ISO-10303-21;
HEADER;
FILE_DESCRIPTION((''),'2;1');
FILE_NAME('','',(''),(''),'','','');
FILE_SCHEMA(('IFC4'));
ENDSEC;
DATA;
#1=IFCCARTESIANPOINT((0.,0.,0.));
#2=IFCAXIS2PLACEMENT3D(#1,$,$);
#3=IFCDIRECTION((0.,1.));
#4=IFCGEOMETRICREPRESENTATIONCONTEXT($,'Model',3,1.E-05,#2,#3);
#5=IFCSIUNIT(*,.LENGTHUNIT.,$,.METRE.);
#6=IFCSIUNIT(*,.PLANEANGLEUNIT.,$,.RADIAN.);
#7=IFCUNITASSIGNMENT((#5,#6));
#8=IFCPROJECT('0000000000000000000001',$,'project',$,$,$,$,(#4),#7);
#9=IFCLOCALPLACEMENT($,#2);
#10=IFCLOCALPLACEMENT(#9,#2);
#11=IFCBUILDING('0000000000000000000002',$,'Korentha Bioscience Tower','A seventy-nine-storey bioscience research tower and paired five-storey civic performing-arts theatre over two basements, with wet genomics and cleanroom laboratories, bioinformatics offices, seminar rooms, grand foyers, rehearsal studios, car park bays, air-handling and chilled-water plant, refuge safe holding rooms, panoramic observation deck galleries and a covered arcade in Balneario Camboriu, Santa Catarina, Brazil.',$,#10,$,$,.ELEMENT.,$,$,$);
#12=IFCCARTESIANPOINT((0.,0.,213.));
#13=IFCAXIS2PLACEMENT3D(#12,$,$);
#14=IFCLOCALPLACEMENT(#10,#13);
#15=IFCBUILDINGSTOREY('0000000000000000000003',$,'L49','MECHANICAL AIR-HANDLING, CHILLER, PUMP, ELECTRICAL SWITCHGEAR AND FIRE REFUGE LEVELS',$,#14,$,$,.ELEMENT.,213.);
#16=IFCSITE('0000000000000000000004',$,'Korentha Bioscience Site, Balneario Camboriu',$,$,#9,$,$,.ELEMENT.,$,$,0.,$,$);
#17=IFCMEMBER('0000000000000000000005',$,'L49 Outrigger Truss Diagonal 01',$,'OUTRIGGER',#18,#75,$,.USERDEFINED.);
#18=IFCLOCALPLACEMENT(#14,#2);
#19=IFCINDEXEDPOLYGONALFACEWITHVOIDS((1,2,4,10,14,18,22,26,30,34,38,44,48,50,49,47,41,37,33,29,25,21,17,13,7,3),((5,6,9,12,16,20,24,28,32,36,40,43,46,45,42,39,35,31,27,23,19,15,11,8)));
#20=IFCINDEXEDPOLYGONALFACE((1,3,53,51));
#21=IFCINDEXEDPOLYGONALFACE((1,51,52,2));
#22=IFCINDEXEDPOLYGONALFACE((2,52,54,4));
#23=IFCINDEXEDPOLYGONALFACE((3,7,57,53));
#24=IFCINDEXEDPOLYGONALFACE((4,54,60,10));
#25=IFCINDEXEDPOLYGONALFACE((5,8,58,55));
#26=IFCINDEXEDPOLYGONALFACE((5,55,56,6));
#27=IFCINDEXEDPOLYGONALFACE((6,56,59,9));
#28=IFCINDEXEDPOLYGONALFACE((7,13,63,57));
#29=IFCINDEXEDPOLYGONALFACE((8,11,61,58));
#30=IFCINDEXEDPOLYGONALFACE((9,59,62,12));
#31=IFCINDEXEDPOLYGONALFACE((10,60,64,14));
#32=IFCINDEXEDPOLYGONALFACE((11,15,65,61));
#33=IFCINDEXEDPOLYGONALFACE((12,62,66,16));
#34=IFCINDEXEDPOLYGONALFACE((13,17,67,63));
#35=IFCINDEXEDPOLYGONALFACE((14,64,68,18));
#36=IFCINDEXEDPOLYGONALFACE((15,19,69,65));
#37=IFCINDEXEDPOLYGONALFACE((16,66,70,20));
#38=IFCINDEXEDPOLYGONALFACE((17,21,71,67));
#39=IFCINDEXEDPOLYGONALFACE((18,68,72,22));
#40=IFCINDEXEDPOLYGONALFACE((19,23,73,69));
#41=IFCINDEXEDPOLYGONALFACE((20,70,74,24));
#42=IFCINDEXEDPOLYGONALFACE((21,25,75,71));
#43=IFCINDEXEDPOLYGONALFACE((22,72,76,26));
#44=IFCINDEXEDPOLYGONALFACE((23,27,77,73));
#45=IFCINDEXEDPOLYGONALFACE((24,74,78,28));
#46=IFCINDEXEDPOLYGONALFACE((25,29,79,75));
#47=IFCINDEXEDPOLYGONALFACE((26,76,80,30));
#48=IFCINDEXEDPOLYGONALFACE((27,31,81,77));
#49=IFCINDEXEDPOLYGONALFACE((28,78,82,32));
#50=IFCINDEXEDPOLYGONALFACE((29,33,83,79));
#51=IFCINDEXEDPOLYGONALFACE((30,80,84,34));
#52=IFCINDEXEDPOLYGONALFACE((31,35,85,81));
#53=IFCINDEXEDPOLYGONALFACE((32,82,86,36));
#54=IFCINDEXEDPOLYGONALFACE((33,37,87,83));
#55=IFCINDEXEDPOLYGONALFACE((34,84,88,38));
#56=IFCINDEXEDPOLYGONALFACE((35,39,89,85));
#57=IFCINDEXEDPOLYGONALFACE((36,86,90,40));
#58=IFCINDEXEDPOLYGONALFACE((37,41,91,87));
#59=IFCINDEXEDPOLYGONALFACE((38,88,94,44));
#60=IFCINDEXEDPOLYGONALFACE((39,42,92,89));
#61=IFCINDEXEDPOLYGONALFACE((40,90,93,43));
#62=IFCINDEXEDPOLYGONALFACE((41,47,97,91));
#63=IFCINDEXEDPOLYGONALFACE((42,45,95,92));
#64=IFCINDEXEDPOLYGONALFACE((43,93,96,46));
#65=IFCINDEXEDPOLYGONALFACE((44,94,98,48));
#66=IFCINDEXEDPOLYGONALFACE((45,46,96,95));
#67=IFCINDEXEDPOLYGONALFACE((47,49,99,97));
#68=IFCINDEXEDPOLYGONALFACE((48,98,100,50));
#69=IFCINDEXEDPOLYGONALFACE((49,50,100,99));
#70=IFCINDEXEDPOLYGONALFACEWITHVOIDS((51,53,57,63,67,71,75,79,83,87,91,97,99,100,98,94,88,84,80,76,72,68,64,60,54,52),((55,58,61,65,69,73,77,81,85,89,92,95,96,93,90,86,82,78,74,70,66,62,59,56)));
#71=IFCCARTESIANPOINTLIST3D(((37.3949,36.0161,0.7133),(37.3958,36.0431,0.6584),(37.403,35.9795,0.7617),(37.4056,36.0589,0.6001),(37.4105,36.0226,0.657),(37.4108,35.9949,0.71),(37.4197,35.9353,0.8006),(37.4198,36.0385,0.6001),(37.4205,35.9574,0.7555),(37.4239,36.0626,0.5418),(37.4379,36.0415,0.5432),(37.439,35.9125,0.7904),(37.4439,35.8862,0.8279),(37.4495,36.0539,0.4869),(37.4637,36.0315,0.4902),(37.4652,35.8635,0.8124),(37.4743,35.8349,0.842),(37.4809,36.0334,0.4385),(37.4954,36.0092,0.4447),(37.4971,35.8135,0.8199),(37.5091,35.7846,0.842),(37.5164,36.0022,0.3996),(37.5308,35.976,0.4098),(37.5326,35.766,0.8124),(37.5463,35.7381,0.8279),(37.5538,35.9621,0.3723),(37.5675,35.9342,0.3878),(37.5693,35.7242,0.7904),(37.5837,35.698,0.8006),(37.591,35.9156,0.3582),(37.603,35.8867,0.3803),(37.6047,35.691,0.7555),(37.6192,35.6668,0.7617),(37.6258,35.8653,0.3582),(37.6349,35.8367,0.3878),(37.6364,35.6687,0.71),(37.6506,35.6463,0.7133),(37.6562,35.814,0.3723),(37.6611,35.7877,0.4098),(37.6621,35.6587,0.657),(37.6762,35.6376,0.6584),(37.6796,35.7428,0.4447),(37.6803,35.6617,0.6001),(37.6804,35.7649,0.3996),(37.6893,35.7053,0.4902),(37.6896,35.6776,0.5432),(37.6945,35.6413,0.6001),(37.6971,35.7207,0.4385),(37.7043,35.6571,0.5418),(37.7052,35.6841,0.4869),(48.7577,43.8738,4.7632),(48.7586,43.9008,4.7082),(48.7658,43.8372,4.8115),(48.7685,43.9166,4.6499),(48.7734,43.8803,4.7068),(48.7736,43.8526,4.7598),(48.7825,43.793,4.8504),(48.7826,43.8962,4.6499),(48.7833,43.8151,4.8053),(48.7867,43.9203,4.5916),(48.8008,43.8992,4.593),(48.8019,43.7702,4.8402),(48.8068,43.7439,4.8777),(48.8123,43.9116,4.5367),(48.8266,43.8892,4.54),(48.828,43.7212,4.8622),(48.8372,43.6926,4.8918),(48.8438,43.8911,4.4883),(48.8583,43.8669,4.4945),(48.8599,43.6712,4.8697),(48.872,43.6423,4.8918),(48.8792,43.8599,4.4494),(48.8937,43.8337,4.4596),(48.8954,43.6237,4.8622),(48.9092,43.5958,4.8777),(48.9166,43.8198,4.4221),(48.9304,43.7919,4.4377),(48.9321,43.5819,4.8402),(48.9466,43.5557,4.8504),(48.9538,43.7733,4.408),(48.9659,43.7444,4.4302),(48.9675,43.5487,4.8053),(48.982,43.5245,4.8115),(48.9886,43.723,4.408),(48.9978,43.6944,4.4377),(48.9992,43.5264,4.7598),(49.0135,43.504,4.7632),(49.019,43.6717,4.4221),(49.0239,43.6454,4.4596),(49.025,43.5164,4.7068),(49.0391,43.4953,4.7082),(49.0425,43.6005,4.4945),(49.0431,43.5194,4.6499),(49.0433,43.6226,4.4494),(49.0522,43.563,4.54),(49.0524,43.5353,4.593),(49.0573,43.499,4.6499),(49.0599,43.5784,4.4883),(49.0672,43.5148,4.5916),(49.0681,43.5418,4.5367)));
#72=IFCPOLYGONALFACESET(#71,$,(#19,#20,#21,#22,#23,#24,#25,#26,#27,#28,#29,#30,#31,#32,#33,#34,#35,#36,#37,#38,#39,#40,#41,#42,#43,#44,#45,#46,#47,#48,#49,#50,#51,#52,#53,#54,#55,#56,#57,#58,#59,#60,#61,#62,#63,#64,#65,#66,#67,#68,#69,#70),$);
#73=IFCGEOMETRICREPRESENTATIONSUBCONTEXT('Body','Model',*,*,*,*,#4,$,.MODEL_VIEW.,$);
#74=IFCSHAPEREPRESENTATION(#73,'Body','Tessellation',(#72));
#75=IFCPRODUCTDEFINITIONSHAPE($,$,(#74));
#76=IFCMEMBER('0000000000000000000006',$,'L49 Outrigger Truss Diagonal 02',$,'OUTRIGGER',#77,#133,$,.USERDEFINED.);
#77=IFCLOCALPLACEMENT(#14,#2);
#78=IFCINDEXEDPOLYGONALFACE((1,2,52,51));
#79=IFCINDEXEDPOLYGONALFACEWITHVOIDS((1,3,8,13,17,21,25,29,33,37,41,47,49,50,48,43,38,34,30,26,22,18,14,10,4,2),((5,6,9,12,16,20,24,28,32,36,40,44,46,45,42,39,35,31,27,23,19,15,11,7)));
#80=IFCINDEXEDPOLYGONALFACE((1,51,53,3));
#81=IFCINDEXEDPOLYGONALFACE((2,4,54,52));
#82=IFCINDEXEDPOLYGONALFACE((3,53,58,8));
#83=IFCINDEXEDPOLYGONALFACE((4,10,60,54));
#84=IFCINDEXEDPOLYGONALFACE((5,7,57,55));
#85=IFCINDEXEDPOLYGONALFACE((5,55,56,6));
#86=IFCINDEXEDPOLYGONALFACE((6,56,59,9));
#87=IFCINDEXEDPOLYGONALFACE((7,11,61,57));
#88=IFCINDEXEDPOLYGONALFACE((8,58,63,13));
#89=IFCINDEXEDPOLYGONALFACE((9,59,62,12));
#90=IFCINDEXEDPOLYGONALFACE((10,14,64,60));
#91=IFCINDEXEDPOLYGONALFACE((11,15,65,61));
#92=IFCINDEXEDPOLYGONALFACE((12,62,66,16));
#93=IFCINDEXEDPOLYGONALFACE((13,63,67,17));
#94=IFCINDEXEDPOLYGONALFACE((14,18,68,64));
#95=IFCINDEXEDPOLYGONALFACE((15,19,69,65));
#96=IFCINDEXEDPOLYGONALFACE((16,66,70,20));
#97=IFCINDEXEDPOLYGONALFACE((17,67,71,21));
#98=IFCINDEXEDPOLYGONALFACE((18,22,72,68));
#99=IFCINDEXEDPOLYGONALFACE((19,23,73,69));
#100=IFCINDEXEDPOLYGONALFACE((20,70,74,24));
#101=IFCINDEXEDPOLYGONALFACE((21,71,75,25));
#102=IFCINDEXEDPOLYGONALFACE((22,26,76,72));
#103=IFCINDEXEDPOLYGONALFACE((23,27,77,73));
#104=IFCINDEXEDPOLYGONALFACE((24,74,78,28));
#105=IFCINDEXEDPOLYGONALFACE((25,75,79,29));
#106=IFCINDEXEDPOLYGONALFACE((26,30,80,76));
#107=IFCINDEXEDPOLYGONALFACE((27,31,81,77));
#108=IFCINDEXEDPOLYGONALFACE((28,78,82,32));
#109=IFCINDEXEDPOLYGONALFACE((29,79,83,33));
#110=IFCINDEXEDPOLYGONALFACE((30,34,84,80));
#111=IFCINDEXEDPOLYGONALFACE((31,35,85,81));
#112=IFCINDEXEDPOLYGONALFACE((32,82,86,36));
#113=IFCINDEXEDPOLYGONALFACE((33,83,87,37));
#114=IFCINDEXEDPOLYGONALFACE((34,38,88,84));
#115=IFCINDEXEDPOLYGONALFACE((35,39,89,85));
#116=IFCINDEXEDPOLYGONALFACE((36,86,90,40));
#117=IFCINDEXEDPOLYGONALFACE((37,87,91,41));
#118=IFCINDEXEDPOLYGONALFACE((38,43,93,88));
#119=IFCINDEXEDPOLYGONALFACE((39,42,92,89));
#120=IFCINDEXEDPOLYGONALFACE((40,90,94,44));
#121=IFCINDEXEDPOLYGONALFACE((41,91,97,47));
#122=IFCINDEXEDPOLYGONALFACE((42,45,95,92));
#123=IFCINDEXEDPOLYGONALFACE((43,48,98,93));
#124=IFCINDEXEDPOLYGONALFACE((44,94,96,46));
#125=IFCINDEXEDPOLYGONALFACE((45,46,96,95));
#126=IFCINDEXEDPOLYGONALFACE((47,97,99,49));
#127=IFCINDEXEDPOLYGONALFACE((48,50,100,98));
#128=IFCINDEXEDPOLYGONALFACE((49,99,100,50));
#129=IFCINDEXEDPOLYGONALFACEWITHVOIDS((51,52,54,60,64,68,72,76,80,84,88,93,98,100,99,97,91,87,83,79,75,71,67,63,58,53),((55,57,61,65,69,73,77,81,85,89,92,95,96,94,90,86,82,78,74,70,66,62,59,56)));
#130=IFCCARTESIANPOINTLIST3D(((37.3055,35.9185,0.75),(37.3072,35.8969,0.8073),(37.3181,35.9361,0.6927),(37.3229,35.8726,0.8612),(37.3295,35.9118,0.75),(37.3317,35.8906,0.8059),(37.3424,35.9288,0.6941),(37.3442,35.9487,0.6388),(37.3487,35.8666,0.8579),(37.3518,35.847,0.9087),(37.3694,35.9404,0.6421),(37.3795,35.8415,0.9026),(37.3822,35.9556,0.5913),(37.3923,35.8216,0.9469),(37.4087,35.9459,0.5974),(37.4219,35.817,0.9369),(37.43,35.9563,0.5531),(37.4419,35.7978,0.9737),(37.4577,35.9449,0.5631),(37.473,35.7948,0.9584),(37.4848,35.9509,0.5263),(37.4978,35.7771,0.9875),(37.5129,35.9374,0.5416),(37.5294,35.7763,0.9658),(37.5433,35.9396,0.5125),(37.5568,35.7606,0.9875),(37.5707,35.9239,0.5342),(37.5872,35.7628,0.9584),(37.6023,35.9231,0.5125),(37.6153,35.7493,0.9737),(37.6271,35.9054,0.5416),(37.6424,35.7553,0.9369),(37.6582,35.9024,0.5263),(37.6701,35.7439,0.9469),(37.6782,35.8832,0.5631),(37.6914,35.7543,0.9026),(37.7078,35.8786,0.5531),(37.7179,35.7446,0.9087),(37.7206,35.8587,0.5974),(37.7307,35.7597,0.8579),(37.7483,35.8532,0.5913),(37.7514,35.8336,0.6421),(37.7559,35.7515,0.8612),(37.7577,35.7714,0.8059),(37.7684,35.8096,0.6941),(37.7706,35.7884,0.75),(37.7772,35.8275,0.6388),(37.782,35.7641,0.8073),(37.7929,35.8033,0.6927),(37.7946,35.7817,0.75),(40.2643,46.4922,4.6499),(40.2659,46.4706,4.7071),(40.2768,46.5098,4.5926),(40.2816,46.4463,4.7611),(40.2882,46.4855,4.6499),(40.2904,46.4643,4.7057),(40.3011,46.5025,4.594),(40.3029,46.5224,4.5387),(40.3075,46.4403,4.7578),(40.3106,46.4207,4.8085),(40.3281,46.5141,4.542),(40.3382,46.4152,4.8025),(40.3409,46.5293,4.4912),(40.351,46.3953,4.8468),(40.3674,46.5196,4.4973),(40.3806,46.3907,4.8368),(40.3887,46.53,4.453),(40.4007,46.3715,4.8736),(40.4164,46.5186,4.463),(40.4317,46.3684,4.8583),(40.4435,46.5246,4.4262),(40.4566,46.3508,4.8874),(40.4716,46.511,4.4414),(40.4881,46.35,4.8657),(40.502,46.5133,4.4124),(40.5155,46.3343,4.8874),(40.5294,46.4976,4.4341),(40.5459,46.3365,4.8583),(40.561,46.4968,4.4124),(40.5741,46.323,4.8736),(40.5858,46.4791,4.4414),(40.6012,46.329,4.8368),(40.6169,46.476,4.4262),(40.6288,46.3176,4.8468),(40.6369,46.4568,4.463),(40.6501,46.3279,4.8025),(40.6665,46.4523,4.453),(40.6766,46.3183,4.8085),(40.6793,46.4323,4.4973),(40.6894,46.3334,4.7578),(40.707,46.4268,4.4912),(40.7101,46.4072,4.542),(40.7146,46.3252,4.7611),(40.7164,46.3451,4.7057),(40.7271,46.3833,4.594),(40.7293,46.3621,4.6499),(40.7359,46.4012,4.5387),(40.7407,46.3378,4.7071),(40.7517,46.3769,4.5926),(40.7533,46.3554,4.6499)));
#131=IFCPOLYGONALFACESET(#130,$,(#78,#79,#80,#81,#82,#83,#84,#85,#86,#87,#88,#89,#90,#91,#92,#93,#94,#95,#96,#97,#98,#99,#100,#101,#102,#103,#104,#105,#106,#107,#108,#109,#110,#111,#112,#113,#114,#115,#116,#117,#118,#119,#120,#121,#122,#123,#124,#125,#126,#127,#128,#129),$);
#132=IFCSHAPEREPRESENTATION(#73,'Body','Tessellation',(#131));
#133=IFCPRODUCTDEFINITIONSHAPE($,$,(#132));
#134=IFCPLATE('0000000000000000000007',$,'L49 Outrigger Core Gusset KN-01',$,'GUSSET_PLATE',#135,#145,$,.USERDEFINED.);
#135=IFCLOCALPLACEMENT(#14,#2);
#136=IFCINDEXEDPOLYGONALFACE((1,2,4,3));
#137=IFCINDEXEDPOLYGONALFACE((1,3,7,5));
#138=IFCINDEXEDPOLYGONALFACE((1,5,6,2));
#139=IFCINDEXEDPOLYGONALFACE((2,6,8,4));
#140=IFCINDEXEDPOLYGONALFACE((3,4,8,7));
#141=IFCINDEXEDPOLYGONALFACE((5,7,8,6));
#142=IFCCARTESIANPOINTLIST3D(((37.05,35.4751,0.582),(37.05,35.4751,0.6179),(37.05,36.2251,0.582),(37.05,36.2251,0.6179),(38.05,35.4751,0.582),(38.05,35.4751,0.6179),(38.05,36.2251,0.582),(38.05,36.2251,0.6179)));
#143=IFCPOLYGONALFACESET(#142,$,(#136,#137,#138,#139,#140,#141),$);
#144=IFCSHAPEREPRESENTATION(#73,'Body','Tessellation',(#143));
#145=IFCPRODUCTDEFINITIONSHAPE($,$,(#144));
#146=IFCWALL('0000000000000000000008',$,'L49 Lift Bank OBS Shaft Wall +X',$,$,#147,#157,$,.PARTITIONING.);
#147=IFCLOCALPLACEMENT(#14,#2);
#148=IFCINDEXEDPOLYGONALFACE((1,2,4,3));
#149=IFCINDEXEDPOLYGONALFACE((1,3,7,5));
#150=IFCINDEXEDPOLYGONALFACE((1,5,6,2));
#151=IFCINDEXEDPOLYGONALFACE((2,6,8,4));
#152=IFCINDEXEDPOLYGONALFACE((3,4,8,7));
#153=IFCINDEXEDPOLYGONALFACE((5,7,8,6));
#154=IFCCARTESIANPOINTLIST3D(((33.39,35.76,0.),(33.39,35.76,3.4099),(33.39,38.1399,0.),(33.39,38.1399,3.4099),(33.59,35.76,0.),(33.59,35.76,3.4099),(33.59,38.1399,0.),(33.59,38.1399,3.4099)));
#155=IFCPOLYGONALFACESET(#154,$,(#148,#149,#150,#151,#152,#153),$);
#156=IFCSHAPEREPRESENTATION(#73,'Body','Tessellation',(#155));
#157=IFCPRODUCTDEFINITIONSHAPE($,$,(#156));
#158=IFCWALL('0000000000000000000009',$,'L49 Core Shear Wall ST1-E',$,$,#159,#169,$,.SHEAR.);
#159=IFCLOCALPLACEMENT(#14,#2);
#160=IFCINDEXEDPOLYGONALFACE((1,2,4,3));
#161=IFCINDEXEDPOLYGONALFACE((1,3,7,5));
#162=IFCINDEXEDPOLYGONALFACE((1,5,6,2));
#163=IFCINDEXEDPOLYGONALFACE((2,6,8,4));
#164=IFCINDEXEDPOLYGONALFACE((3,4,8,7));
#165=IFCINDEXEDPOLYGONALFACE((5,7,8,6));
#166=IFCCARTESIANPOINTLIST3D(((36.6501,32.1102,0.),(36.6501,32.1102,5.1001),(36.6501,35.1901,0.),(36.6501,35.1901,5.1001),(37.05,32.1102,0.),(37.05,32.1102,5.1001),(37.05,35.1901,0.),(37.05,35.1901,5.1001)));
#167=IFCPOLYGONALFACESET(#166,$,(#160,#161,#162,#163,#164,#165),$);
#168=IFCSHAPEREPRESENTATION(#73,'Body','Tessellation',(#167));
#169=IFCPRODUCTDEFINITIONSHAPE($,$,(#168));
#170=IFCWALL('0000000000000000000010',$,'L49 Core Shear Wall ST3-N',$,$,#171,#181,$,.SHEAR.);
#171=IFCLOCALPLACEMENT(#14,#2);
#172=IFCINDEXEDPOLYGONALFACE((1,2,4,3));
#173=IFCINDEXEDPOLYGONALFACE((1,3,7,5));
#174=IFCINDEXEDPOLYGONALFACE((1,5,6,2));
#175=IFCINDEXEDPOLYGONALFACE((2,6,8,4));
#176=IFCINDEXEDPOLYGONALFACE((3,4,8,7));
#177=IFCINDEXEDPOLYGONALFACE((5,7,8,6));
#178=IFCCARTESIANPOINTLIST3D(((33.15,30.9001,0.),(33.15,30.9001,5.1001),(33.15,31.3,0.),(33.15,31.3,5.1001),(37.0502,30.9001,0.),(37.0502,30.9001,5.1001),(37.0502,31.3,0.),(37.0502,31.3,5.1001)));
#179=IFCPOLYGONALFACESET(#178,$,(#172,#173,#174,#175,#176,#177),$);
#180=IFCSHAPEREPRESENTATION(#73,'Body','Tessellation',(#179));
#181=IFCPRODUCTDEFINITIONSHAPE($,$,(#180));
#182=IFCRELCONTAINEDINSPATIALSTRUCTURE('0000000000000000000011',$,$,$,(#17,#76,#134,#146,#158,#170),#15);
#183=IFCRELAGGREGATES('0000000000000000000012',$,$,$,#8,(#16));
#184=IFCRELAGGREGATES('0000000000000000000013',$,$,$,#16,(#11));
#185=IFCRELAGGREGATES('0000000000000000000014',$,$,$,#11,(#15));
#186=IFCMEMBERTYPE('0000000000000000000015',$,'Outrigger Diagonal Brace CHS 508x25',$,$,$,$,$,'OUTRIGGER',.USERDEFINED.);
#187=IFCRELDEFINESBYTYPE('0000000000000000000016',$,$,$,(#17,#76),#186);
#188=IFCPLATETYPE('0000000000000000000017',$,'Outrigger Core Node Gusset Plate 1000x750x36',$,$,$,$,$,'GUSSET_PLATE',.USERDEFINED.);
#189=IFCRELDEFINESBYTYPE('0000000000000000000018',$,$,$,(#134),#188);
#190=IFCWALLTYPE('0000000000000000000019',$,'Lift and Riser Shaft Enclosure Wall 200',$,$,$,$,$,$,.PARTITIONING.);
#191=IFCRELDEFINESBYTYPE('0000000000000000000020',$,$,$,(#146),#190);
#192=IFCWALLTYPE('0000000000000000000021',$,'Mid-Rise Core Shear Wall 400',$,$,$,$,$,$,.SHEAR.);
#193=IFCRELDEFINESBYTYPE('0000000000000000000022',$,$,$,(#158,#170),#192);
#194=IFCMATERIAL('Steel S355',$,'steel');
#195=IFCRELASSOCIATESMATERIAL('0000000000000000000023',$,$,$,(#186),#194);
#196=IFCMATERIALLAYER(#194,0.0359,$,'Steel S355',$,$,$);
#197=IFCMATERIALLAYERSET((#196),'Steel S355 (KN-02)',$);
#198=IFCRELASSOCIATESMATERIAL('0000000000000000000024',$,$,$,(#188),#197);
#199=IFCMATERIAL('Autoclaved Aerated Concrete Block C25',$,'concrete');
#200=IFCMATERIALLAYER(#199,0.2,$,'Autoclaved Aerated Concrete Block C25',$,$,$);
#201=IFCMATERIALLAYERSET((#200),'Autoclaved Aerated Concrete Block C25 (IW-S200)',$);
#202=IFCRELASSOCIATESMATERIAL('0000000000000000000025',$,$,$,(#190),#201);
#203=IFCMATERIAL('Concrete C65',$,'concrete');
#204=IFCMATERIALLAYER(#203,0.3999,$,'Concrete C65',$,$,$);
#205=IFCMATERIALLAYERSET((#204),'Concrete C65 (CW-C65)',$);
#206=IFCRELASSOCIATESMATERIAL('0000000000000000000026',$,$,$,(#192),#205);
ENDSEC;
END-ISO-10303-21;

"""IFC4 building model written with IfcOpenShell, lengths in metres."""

from ifc_helpers import new_model, si_unit, direction, frame, frame_2d, origin, origin_2d, place, context, subcontext, project, spatial, rectangle, hollow_circle, extrude, material, layer, layer_set, material_profile, profile_set, type_object, element, save


model = new_model("IFC4")

# Units and contexts
model_context = context("Model", 3, precision=1e-05, world=origin(), true_north=direction((0.0, 1.0)))
body_context = subcontext(model_context, "Body", "Model", "MODEL_VIEW")
ifc_project = project(units=[si_unit("LENGTHUNIT", "METRE"), si_unit("PLANEANGLEUNIT", "RADIAN")], contexts=[model_context])

# Site, building, storey
site_placement = place(None, origin())
site = spatial("IfcSite", under=ifc_project, at=site_placement, Name="Korentha Bioscience Site, Balneario Camboriu", CompositionType="ELEMENT", RefElevation=0.0)
building_placement = place(site_placement, origin())
building = spatial("IfcBuilding", under=site, at=building_placement, Name="Korentha Bioscience Tower", Description="A seventy-nine-storey bioscience research tower and paired five-storey civic performing-arts theatre over two basements, with wet genomics and cleanroom laboratories, bioinformatics offices, seminar rooms, grand foyers, rehearsal studios, car park bays, air-handling and chilled-water plant, refuge safe holding rooms, panoramic observation deck galleries and a covered arcade in Balneario Camboriu, Santa Catarina, Brazil.", CompositionType="ELEMENT")
storey_placement = place(building_placement, frame((0.0, 0.0, 213.0)))
storey = spatial("IfcBuildingStorey", under=building, at=storey_placement, Name="L49", Description="MECHANICAL AIR-HANDLING, CHILLER, PUMP, ELECTRICAL SWITCHGEAR AND FIRE REFUGE LEVELS", CompositionType="ELEMENT", Elevation=213.0)

# Shared definitions
ifc_material_1 = material(Name="Concrete C65", Category="concrete")

# Shared definitions
ifc_material_2 = material(Name="Steel S355", Category="steel")

# Members
ifc_material_profile_1 = material_profile(ifc_material_2, hollow_circle(Radius=0.2539, WallThickness=0.0249, at=origin_2d()), Name="Steel S355")
ifc_profile_set_1 = profile_set([ifc_material_profile_1], Name="Steel S355 (OU-508)")
member_type = type_object("IfcMemberType", Name="Outrigger Diagonal Brace CHS 508x25", ElementType="OUTRIGGER", PredefinedType="USERDEFINED", material=ifc_profile_set_1)
member_1_placement = place(storey_placement, frame((37.55, 35.8501, 0.6001), z_axis=(0.789279, 0.545807, 0.281306), x_axis=(-0.568775, 0.822493, 0.0)))
element("IfcMember", 1, at=member_1_placement, inside=storey, type_object=member_type, Name="L49 Outrigger Truss Diagonal 01", ObjectType="OUTRIGGER", PredefinedType="USERDEFINED", context=body_context, shape_type="SweptSolid", body=[
    extrude(hollow_circle(Radius=0.2539, WallThickness=0.0249, at=origin_2d()), origin(), (0.0, 0.0, 1.0), 14.3965),
])
member_2_placement = place(storey_placement, frame((37.55, 35.8501, 0.75), z_axis=(0.253927, 0.907467, 0.334701), x_axis=(-0.963009, 0.269469, 0.0)))
element("IfcMember", 2, at=member_2_placement, inside=storey, type_object=member_type, Name="L49 Outrigger Truss Diagonal 02", ObjectType="OUTRIGGER", PredefinedType="USERDEFINED", context=body_context, shape_type="SweptSolid", body=[
    extrude(hollow_circle(Radius=0.2539, WallThickness=0.0249, at=origin_2d()), origin(), (0.0, 0.0, 1.0), 11.6519),
])

# Plate
ifc_layer_1 = layer(ifc_material_2, 0.0359, Name="Steel S355")
ifc_layer_set_1 = layer_set([ifc_layer_1], Name="Steel S355 (KN-02)")
plate_type = type_object("IfcPlateType", Name="Outrigger Core Node Gusset Plate 1000x750x36", ElementType="GUSSET_PLATE", PredefinedType="USERDEFINED", material=ifc_layer_set_1)
plate_placement = place(storey_placement, frame((37.55, 35.8501, 0.582), z_axis=(0.0, 0.0, 1.0), x_axis=(1.0, 0.0, 0.0)))
element("IfcPlate", 3, at=plate_placement, inside=storey, type_object=plate_type, Name="L49 Outrigger Core Gusset KN-01", ObjectType="GUSSET_PLATE", PredefinedType="USERDEFINED", context=body_context, shape_type="SweptSolid", body=[
    extrude(rectangle(XDim=1.0, YDim=0.75, at=origin_2d()), origin(), (0.0, 0.0, 1.0), 0.0359),
])

# Walls
ifc_material_3 = material(Name="Autoclaved Aerated Concrete Block C25", Category="concrete")
ifc_layer_2 = layer(ifc_material_3, 0.2, Name="Autoclaved Aerated Concrete Block C25")
ifc_layer_set_2 = layer_set([ifc_layer_2], Name="Autoclaved Aerated Concrete Block C25 (IW-S200)")
wall_type_1 = type_object("IfcWallType", Name="Lift and Riser Shaft Enclosure Wall 200", PredefinedType="PARTITIONING", material=ifc_layer_set_2)
wall_1_placement = place(storey_placement, frame((33.49, 35.76, 0.0), z_axis=(0.0, 0.0, 1.0), x_axis=(0.0, 1.0, 0.0)))
element("IfcWall", 4, at=wall_1_placement, inside=storey, type_object=wall_type_1, Name="L49 Lift Bank OBS Shaft Wall +X", PredefinedType="PARTITIONING", context=body_context, shape_type="SweptSolid", body=[
    extrude(rectangle(XDim=2.3799, YDim=0.2, at=frame_2d((1.1899, 0.0))), origin(), (0.0, 0.0, 1.0), 3.4099),
])
ifc_layer_3 = layer(ifc_material_1, 0.3999, Name="Concrete C65")
ifc_layer_set_3 = layer_set([ifc_layer_3], Name="Concrete C65 (CW-C65)")
wall_type_2 = type_object("IfcWallType", Name="Mid-Rise Core Shear Wall 400", PredefinedType="SHEAR", material=ifc_layer_set_3)
wall_2_placement = place(storey_placement, frame((36.8501, 32.1101, 0.0), z_axis=(0.0, 0.0, 1.0), x_axis=(0.0, 1.0, 0.0)))
element("IfcWall", 5, at=wall_2_placement, inside=storey, type_object=wall_type_2, Name="L49 Core Shear Wall ST1-E", PredefinedType="SHEAR", context=body_context, shape_type="SweptSolid", body=[
    extrude(rectangle(XDim=3.0798, YDim=0.3999, at=frame_2d((1.54, 0.0))), origin(), (0.0, 0.0, 1.0), 5.1001),
])
wall_3_placement = place(storey_placement, frame((33.1499, 31.1001, 0.0), z_axis=(0.0, 0.0, 1.0), x_axis=(1.0, 0.0, 0.0)))
element("IfcWall", 6, at=wall_3_placement, inside=storey, type_object=wall_type_2, Name="L49 Core Shear Wall ST3-N", PredefinedType="SHEAR", context=body_context, shape_type="SweptSolid", body=[
    extrude(rectangle(XDim=3.9001, YDim=0.3999, at=frame_2d((1.9502, 0.0))), origin(), (0.0, 0.0, 1.0), 5.1001),
])

save(model, "model.ifc")
